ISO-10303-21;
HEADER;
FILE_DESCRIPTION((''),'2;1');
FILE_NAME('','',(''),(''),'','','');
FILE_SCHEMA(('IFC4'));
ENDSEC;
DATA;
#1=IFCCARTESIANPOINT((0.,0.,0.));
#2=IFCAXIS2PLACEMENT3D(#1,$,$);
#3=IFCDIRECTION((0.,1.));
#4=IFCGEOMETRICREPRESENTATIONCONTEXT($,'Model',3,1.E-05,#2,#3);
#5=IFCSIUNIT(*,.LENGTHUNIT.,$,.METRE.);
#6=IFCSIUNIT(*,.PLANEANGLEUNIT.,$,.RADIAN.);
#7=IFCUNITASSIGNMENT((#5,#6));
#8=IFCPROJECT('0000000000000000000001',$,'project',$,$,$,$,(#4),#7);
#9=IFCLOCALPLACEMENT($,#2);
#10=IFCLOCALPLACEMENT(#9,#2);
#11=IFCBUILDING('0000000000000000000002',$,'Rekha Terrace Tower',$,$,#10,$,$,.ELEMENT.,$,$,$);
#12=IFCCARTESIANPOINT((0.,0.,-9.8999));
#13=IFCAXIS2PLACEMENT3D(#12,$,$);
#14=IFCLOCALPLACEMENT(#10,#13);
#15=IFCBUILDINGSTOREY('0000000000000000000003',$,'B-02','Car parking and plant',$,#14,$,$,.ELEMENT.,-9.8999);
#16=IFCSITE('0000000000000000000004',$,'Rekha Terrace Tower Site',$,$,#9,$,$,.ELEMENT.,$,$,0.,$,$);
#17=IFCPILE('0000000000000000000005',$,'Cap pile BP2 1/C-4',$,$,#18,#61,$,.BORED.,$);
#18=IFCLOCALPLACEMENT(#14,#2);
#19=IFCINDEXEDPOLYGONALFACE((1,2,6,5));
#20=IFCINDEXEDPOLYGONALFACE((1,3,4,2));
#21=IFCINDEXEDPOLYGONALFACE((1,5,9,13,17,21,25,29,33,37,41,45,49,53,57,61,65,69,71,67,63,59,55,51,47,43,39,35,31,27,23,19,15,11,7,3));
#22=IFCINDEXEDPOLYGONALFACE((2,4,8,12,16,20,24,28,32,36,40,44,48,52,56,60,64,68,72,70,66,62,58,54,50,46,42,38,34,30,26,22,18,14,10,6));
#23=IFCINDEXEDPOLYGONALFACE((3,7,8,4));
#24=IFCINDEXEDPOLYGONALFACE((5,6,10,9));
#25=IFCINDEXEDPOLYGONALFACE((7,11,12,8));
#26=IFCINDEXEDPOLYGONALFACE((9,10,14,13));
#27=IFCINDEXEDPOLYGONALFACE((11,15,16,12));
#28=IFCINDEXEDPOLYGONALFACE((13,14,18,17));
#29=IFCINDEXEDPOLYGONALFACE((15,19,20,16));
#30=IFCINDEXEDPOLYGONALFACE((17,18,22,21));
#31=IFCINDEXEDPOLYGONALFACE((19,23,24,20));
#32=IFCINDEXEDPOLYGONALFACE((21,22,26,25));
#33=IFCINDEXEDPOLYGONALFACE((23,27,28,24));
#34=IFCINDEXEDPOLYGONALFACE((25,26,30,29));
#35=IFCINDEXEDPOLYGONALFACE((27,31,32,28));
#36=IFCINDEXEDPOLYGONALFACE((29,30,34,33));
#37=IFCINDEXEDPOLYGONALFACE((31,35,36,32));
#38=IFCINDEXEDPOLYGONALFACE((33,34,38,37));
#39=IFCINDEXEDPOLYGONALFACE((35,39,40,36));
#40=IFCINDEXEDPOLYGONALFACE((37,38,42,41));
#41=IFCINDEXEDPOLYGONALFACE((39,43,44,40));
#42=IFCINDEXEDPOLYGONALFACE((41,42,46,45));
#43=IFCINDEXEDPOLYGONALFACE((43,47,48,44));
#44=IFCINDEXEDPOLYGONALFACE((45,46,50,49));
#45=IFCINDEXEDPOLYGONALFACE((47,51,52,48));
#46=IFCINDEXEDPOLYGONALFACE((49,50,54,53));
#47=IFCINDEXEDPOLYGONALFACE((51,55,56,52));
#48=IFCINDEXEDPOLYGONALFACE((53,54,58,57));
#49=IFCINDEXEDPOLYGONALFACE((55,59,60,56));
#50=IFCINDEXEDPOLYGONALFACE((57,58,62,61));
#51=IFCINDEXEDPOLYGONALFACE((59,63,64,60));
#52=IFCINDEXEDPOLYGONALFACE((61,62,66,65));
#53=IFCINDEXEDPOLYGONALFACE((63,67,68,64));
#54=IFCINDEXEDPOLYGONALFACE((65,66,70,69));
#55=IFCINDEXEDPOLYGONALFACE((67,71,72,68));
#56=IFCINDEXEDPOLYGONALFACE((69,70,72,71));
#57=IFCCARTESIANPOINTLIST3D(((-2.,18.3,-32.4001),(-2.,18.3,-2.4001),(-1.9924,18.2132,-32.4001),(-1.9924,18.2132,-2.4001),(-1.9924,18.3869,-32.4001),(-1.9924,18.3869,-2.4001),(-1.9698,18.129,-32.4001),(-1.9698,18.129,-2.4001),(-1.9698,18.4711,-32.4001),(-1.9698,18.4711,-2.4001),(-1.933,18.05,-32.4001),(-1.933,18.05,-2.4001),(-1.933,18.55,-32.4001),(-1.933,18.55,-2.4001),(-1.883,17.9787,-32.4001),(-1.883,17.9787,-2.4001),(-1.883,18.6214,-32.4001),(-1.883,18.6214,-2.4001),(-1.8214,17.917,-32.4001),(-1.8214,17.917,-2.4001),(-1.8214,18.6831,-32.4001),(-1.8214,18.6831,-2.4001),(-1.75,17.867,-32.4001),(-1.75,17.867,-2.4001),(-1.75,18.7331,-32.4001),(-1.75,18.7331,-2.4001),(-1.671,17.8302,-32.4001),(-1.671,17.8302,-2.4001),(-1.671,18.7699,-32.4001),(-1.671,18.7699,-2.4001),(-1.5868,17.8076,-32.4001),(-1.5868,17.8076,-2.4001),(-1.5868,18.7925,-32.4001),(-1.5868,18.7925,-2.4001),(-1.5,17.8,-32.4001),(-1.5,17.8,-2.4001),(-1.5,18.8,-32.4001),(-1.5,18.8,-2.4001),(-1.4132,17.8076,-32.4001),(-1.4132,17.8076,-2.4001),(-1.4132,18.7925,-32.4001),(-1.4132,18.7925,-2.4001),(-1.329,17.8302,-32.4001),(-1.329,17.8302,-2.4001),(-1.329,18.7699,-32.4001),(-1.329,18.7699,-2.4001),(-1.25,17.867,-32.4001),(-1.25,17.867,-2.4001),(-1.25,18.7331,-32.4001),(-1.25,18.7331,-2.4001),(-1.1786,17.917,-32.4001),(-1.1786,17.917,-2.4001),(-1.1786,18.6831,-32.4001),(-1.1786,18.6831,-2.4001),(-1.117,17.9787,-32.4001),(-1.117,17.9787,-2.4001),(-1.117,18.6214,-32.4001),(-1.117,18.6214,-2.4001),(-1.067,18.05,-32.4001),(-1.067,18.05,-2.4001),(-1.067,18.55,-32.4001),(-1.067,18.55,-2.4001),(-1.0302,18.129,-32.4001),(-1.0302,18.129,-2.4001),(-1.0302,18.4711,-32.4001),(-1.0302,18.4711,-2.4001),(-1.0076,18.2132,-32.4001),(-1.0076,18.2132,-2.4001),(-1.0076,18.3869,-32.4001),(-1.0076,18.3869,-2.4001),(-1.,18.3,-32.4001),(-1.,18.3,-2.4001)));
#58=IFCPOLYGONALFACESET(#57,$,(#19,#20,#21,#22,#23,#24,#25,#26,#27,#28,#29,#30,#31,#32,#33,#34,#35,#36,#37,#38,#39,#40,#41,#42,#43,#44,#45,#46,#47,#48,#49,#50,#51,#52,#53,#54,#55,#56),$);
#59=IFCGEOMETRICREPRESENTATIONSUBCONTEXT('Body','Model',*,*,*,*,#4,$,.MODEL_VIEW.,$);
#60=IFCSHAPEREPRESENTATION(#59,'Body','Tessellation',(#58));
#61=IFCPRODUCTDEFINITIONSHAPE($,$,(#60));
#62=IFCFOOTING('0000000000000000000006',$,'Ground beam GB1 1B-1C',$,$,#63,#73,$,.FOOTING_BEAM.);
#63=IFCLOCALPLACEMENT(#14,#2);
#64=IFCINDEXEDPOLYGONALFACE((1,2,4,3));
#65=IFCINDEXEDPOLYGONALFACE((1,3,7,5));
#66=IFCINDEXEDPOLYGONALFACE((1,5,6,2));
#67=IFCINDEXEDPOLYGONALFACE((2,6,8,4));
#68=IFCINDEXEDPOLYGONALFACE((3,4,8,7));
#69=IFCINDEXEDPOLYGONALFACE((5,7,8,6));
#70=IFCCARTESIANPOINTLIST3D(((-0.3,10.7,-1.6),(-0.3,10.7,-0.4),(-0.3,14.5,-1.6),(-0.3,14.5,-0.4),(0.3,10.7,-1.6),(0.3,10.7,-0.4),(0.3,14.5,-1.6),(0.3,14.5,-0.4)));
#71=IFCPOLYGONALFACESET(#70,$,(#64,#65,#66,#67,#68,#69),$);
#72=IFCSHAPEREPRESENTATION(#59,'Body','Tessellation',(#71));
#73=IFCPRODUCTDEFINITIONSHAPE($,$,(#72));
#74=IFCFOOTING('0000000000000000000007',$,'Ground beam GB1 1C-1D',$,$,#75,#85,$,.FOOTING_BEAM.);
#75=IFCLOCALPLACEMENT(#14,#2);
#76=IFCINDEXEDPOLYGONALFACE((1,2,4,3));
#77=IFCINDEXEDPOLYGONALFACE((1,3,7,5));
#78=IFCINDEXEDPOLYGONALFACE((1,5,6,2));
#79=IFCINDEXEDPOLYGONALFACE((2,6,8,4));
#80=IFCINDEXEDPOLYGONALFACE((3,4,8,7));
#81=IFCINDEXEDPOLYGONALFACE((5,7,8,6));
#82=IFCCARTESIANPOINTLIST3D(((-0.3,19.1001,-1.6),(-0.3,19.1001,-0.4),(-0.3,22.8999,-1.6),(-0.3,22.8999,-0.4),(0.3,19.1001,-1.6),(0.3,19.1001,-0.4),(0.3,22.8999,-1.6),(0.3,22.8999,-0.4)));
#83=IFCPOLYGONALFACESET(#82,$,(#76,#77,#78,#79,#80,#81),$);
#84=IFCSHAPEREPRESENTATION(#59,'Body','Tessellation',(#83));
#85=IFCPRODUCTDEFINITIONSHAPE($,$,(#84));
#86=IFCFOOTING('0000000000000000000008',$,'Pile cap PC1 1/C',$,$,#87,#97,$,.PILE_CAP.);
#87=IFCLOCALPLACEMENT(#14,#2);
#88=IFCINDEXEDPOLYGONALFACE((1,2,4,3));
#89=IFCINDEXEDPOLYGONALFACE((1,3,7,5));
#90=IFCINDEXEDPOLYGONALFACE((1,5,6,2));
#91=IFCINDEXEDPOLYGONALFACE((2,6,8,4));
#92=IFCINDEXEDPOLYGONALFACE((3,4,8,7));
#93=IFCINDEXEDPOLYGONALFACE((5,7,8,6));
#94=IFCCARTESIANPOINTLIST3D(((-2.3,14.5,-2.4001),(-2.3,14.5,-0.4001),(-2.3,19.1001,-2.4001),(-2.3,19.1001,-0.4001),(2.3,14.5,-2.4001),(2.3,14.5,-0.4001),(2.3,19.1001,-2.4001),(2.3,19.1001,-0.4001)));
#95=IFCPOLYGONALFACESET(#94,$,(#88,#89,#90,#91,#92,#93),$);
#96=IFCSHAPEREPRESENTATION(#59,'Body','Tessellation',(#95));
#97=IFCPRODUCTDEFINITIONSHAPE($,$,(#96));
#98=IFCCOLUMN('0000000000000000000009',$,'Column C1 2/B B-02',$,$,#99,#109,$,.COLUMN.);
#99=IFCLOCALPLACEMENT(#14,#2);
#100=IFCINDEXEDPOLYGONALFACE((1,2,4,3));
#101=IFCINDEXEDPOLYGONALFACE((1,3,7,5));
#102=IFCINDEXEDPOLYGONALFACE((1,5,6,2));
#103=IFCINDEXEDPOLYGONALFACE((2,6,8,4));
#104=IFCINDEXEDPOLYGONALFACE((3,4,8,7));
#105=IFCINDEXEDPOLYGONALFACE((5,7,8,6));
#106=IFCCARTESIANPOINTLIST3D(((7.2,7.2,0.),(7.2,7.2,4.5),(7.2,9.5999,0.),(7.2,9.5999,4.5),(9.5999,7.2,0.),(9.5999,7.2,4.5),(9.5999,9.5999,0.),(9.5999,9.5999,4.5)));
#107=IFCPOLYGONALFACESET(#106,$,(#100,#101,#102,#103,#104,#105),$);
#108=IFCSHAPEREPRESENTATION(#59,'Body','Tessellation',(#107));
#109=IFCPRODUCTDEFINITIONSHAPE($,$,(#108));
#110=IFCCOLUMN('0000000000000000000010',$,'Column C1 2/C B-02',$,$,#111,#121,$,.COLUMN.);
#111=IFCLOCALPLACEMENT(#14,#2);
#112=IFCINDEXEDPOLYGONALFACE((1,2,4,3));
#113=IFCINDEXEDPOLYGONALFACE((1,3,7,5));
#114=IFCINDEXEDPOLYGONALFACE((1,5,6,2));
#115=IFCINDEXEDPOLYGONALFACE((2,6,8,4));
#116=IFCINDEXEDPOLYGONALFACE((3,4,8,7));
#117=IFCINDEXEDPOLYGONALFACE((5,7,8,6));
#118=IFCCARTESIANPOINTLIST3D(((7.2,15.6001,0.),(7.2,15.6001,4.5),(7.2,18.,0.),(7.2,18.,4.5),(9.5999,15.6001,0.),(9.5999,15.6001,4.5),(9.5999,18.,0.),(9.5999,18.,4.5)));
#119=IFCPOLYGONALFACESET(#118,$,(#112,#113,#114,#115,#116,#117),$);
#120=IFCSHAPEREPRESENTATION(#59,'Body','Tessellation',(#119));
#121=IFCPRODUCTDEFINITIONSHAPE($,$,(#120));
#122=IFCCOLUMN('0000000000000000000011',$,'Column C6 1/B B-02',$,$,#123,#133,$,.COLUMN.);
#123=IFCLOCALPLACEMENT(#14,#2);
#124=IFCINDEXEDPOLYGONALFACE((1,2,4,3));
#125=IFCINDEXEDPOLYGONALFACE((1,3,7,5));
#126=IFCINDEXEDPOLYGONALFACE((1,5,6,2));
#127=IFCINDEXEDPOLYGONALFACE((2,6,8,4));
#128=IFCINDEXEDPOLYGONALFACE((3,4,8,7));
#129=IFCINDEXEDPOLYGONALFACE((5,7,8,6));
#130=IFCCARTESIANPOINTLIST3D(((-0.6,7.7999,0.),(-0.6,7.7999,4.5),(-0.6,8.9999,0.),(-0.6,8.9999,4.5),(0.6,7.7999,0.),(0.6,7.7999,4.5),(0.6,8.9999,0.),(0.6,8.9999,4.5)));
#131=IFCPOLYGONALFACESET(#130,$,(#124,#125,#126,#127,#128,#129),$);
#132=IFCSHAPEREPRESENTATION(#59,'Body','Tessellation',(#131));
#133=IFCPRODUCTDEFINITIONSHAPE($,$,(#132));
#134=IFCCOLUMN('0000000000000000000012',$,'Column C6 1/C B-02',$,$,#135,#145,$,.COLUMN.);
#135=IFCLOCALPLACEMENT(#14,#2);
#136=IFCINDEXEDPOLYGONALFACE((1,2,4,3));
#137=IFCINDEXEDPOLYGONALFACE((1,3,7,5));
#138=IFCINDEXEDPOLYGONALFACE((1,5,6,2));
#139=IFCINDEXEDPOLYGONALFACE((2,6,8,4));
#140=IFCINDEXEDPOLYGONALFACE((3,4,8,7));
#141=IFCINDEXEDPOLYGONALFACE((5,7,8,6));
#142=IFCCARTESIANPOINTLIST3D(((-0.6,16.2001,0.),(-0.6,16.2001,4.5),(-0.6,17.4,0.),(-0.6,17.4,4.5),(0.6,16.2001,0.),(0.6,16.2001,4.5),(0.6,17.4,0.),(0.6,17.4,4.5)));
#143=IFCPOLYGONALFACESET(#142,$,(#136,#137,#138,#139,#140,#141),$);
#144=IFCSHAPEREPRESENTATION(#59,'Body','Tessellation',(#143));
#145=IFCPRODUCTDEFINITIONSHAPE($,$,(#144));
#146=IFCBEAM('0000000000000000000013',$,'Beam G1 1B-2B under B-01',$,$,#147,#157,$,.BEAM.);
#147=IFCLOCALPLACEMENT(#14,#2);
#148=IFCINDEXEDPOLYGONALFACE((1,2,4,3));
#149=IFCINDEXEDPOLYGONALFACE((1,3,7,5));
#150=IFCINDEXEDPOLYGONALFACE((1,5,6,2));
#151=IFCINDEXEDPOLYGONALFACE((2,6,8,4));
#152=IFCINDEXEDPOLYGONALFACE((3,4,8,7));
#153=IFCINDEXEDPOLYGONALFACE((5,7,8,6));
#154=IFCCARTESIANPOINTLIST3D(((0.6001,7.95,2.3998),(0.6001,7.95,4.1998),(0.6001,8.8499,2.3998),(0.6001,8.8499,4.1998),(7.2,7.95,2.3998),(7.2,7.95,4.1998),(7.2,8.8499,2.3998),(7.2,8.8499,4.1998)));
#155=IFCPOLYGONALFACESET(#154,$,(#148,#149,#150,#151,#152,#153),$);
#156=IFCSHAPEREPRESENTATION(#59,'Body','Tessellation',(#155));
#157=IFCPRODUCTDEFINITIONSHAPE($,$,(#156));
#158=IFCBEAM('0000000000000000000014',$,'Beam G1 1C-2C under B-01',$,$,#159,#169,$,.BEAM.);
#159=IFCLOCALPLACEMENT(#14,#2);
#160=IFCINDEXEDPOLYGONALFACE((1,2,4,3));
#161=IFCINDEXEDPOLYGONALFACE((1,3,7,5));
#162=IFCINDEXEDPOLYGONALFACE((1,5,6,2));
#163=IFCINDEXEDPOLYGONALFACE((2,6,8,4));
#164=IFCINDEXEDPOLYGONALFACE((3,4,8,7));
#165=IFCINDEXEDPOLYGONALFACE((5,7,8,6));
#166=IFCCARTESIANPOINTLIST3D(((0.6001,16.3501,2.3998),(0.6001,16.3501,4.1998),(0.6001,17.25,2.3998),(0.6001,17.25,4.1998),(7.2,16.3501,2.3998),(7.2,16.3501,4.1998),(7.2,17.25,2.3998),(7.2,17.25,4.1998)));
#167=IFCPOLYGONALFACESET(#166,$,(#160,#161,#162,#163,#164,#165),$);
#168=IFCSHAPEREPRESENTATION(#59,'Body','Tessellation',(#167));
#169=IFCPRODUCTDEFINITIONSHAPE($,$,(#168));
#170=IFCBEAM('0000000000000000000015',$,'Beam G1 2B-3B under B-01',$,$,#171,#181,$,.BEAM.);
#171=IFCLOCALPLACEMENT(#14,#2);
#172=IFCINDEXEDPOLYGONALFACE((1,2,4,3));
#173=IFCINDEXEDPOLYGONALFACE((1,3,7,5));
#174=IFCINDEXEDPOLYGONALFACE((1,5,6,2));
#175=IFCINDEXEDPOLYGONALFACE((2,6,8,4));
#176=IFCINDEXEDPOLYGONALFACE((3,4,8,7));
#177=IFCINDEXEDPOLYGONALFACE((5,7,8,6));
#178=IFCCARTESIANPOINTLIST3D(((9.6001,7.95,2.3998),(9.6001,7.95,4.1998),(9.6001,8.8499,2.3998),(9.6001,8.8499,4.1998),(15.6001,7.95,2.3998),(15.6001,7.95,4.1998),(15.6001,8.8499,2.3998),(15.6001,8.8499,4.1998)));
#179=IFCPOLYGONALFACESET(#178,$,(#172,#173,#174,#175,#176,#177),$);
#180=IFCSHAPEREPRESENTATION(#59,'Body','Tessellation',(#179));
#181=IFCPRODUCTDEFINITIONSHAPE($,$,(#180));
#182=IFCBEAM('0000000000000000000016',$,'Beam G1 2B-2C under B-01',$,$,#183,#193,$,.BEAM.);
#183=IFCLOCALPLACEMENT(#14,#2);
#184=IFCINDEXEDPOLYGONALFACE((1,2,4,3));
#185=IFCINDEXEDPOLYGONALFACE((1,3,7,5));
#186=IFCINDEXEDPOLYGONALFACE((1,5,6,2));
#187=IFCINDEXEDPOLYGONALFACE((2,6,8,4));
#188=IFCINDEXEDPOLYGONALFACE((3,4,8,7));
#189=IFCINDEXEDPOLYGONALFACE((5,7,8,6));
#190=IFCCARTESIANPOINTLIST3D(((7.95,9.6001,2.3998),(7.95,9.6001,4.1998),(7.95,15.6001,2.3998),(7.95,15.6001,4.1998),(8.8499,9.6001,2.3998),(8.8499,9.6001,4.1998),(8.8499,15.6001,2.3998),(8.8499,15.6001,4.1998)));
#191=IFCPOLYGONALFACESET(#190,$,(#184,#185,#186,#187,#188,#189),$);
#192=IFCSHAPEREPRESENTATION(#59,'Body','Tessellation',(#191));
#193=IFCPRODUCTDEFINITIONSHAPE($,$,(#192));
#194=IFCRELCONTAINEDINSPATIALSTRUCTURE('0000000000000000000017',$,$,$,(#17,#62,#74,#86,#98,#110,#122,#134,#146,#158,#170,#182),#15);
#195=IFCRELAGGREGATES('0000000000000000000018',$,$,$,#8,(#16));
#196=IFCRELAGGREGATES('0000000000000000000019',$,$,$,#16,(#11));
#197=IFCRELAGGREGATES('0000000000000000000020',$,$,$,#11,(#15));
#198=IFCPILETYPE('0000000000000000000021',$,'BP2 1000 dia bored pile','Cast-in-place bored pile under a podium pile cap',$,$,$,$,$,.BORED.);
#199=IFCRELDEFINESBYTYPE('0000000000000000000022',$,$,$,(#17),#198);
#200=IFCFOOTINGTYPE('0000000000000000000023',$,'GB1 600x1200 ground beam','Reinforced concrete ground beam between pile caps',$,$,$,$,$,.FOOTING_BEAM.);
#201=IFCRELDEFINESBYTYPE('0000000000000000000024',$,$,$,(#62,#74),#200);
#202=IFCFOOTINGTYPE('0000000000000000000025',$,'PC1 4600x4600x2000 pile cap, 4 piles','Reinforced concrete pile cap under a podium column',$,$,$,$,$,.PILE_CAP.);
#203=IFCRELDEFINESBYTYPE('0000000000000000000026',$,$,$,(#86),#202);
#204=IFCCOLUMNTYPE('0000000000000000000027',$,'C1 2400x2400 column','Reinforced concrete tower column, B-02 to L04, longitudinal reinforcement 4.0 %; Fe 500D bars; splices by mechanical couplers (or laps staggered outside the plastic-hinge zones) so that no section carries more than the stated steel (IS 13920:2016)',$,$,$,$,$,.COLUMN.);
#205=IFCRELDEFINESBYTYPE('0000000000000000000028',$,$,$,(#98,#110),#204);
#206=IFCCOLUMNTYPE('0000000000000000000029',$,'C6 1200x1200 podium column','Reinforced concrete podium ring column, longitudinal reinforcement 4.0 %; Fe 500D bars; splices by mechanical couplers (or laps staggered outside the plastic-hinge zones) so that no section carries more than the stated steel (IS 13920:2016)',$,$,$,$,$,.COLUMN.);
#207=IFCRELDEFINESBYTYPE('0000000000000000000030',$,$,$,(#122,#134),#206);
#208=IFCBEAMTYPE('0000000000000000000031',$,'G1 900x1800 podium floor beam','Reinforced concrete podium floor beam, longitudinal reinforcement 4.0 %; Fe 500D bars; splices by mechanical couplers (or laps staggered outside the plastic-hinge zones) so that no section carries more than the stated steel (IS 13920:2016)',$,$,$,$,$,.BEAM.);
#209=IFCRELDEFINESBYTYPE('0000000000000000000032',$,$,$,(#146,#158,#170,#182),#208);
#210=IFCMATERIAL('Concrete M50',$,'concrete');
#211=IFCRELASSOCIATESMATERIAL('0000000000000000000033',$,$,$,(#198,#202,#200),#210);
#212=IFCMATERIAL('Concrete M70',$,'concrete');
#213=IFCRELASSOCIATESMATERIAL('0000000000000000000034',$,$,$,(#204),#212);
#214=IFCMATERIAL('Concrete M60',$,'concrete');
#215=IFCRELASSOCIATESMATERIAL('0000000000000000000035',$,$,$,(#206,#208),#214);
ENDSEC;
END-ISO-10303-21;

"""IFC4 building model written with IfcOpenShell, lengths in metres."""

from ifc_helpers import new_model, si_unit, direction, frame, origin, origin_2d, place, context, subcontext, project, spatial, rectangle, circle, extrude, material, material_profile, profile_set, type_object, element, save


model = new_model("IFC4")

# Units and contexts
model_context = context("Model", 3, precision=1e-05, world=origin(), true_north=direction((0.0, 1.0)))
body_context = subcontext(model_context, "Body", "Model", "MODEL_VIEW")
ifc_project = project(units=[si_unit("LENGTHUNIT", "METRE"), si_unit("PLANEANGLEUNIT", "RADIAN")], contexts=[model_context])

# Site, building, storey
site_placement = place(None, origin())
site = spatial("IfcSite", under=ifc_project, at=site_placement, Name="Rekha Terrace Tower Site", CompositionType="ELEMENT", RefElevation=0.0)
building_placement = place(site_placement, origin())
building = spatial("IfcBuilding", under=site, at=building_placement, Name="Rekha Terrace Tower", CompositionType="ELEMENT")
storey_placement = place(building_placement, frame((0.0, 0.0, -9.8999)))
storey = spatial("IfcBuildingStorey", under=building, at=storey_placement, Name="B-02", Description="Car parking and plant", CompositionType="ELEMENT", Elevation=-9.8999)

# Pile
ifc_material_1 = material(Name="Concrete M50", Category="concrete")
pile_type_1 = type_object("IfcPileType", Name="BP2 1000 dia bored pile", Description="Cast-in-place bored pile under a podium pile cap", PredefinedType="BORED", material=ifc_material_1)
for number, where, z_axis, x_axis, name in (
    (1, (-1.5, 18.3, -2.4001), (0.0, 0.0, -1.0), (1.0, 0.0, 0.0), "Cap pile BP2 1/C-4"),
):
    element("IfcPile", number, at=place(storey_placement, frame(where, z_axis=z_axis, x_axis=x_axis)), inside=storey, type_object=pile_type_1, Name=name, PredefinedType="BORED", context=body_context, shape_type="SweptSolid", body=[
        extrude(circle(Radius=0.5, at=origin_2d()), origin(), (0.0, 0.0, 1.0), 30.0),
    ])

# Footings
ifc_material_profile_1 = material_profile(ifc_material_1, rectangle(XDim=0.6001, YDim=1.2, at=origin_2d()), Name="RC 600x1200")
ifc_profile_set_1 = profile_set([ifc_material_profile_1], Name="Concrete M50")
footing_type_1 = type_object("IfcFootingType", Name="GB1 600x1200 ground beam", Description="Reinforced concrete ground beam between pile caps", PredefinedType="FOOTING_BEAM", material=ifc_profile_set_1)
footing_1_placement = place(storey_placement, frame((0.0, 10.7, -1.0), z_axis=(0.0, 1.0, 0.0), x_axis=(-1.0, 0.0, 0.0)))
element("IfcFooting", 2, at=footing_1_placement, inside=storey, type_object=footing_type_1, Name="Ground beam GB1 1B-1C", PredefinedType="FOOTING_BEAM", context=body_context, shape_type="SweptSolid", body=[
    extrude(rectangle(XDim=0.6001, YDim=1.2, at=origin_2d()), origin(), (0.0, 0.0, 1.0), 3.8),
])
footing_2_placement = place(storey_placement, frame((0.0, 19.1001, -1.0), z_axis=(0.0, 1.0, 0.0), x_axis=(-1.0, 0.0, 0.0)))
element("IfcFooting", 3, at=footing_2_placement, inside=storey, type_object=footing_type_1, Name="Ground beam GB1 1C-1D", PredefinedType="FOOTING_BEAM", context=body_context, shape_type="SweptSolid", body=[
    extrude(rectangle(XDim=0.6001, YDim=1.2, at=origin_2d()), origin(), (0.0, 0.0, 1.0), 3.7998),
])
footing_type_2 = type_object("IfcFootingType", Name="PC1 4600x4600x2000 pile cap, 4 piles", Description="Reinforced concrete pile cap under a podium column", PredefinedType="PILE_CAP", material=ifc_material_1)
footing_3_placement = place(storey_placement, frame((0.0, 16.8, -2.4001), z_axis=(0.0, 0.0, 1.0), x_axis=(1.0, 0.0, 0.0)))
element("IfcFooting", 4, at=footing_3_placement, inside=storey, type_object=footing_type_2, Name="Pile cap PC1 1/C", PredefinedType="PILE_CAP", context=body_context, shape_type="SweptSolid", body=[
    extrude(rectangle(XDim=4.6001, YDim=4.6001, at=origin_2d()), origin(), (0.0, 0.0, 1.0), 2.0),
])

# Columns
ifc_material_2 = material(Name="Concrete M70", Category="concrete")
ifc_material_profile_2 = material_profile(ifc_material_2, rectangle(XDim=2.3999, YDim=2.3999, at=origin_2d()), Name="RC 2400x2400")
ifc_profile_set_2 = profile_set([ifc_material_profile_2], Name="Concrete M70")
column_type_1 = type_object("IfcColumnType", Name="C1 2400x2400 column", Description="Reinforced concrete tower column, B-02 to L04, longitudinal reinforcement 4.0 %; Fe 500D bars; splices by mechanical couplers (or laps staggered outside the plastic-hinge zones) so that no section carries more than the stated steel (IS 13920:2016)", PredefinedType="COLUMN", material=ifc_profile_set_2)
for number, where, z_axis, x_axis, name in (
    (5, (8.3999, 8.3999, 0.0), (0.0, 0.0, 1.0), (1.0, 0.0, 0.0), "Column C1 2/B B-02"),
    (6, (8.3999, 16.8, 0.0), (0.0, 0.0, 1.0), (1.0, 0.0, 0.0), "Column C1 2/C B-02"),
):
    element("IfcColumn", number, at=place(storey_placement, frame(where, z_axis=z_axis, x_axis=x_axis)), inside=storey, type_object=column_type_1, Name=name, PredefinedType="COLUMN", context=body_context, shape_type="SweptSolid", body=[
        extrude(rectangle(XDim=2.3999, YDim=2.3999, at=origin_2d()), origin(), (0.0, 0.0, 1.0), 4.5),
    ])
ifc_material_3 = material(Name="Concrete M60", Category="concrete")
ifc_material_profile_3 = material_profile(ifc_material_3, rectangle(XDim=1.2, YDim=1.2, at=origin_2d()), Name="RC 1200x1200")
ifc_profile_set_3 = profile_set([ifc_material_profile_3], Name="Concrete M60")
column_type_2 = type_object("IfcColumnType", Name="C6 1200x1200 podium column", Description="Reinforced concrete podium ring column, longitudinal reinforcement 4.0 %; Fe 500D bars; splices by mechanical couplers (or laps staggered outside the plastic-hinge zones) so that no section carries more than the stated steel (IS 13920:2016)", PredefinedType="COLUMN", material=ifc_profile_set_3)
for number, where, z_axis, x_axis, name in (
    (7, (0.0, 8.3999, 0.0), (0.0, 0.0, 1.0), (1.0, 0.0, 0.0), "Column C6 1/B B-02"),
    (8, (0.0, 16.8, 0.0), (0.0, 0.0, 1.0), (1.0, 0.0, 0.0), "Column C6 1/C B-02"),
):
    element("IfcColumn", number, at=place(storey_placement, frame(where, z_axis=z_axis, x_axis=x_axis)), inside=storey, type_object=column_type_2, Name=name, PredefinedType="COLUMN", context=body_context, shape_type="SweptSolid", body=[
        extrude(rectangle(XDim=1.2, YDim=1.2, at=origin_2d()), origin(), (0.0, 0.0, 1.0), 4.5),
    ])

# Beams
ifc_material_profile_4 = material_profile(ifc_material_3, rectangle(XDim=0.8999, YDim=1.8, at=origin_2d()), Name="RC 900x1800")
ifc_profile_set_4 = profile_set([ifc_material_profile_4], Name="Concrete M60")
beam_type = type_object("IfcBeamType", Name="G1 900x1800 podium floor beam", Description="Reinforced concrete podium floor beam, longitudinal reinforcement 4.0 %; Fe 500D bars; splices by mechanical couplers (or laps staggered outside the plastic-hinge zones) so that no section carries more than the stated steel (IS 13920:2016)", PredefinedType="BEAM", material=ifc_profile_set_4)
for number, where, z_axis, x_axis, name in (
    (9, (0.6001, 8.3999, 3.2998), (1.0, 0.0, 0.0), (0.0, 1.0, 0.0), "Beam G1 1B-2B under B-01"),
    (10, (0.6001, 16.8, 3.2998), (1.0, 0.0, 0.0), (0.0, 1.0, 0.0), "Beam G1 1C-2C under B-01"),
):
    element("IfcBeam", number, at=place(storey_placement, frame(where, z_axis=z_axis, x_axis=x_axis)), inside=storey, type_object=beam_type, Name=name, PredefinedType="BEAM", context=body_context, shape_type="SweptSolid", body=[
        extrude(rectangle(XDim=0.8999, YDim=1.8, at=origin_2d()), origin(), (0.0, 0.0, 1.0), 6.5999),
    ])
for number, where, z_axis, x_axis, name in (
    (11, (9.6001, 8.3999, 3.2998), (1.0, 0.0, 0.0), (0.0, 1.0, 0.0), "Beam G1 2B-3B under B-01"),
    (12, (8.3999, 9.6001, 3.2998), (0.0, 1.0, 0.0), (-1.0, 0.0, 0.0), "Beam G1 2B-2C under B-01"),
):
    element("IfcBeam", number, at=place(storey_placement, frame(where, z_axis=z_axis, x_axis=x_axis)), inside=storey, type_object=beam_type, Name=name, PredefinedType="BEAM", context=body_context, shape_type="SweptSolid", body=[
        extrude(rectangle(XDim=0.8999, YDim=1.8, at=origin_2d()), origin(), (0.0, 0.0, 1.0), 6.0),
    ])

save(model, "model.ifc")
